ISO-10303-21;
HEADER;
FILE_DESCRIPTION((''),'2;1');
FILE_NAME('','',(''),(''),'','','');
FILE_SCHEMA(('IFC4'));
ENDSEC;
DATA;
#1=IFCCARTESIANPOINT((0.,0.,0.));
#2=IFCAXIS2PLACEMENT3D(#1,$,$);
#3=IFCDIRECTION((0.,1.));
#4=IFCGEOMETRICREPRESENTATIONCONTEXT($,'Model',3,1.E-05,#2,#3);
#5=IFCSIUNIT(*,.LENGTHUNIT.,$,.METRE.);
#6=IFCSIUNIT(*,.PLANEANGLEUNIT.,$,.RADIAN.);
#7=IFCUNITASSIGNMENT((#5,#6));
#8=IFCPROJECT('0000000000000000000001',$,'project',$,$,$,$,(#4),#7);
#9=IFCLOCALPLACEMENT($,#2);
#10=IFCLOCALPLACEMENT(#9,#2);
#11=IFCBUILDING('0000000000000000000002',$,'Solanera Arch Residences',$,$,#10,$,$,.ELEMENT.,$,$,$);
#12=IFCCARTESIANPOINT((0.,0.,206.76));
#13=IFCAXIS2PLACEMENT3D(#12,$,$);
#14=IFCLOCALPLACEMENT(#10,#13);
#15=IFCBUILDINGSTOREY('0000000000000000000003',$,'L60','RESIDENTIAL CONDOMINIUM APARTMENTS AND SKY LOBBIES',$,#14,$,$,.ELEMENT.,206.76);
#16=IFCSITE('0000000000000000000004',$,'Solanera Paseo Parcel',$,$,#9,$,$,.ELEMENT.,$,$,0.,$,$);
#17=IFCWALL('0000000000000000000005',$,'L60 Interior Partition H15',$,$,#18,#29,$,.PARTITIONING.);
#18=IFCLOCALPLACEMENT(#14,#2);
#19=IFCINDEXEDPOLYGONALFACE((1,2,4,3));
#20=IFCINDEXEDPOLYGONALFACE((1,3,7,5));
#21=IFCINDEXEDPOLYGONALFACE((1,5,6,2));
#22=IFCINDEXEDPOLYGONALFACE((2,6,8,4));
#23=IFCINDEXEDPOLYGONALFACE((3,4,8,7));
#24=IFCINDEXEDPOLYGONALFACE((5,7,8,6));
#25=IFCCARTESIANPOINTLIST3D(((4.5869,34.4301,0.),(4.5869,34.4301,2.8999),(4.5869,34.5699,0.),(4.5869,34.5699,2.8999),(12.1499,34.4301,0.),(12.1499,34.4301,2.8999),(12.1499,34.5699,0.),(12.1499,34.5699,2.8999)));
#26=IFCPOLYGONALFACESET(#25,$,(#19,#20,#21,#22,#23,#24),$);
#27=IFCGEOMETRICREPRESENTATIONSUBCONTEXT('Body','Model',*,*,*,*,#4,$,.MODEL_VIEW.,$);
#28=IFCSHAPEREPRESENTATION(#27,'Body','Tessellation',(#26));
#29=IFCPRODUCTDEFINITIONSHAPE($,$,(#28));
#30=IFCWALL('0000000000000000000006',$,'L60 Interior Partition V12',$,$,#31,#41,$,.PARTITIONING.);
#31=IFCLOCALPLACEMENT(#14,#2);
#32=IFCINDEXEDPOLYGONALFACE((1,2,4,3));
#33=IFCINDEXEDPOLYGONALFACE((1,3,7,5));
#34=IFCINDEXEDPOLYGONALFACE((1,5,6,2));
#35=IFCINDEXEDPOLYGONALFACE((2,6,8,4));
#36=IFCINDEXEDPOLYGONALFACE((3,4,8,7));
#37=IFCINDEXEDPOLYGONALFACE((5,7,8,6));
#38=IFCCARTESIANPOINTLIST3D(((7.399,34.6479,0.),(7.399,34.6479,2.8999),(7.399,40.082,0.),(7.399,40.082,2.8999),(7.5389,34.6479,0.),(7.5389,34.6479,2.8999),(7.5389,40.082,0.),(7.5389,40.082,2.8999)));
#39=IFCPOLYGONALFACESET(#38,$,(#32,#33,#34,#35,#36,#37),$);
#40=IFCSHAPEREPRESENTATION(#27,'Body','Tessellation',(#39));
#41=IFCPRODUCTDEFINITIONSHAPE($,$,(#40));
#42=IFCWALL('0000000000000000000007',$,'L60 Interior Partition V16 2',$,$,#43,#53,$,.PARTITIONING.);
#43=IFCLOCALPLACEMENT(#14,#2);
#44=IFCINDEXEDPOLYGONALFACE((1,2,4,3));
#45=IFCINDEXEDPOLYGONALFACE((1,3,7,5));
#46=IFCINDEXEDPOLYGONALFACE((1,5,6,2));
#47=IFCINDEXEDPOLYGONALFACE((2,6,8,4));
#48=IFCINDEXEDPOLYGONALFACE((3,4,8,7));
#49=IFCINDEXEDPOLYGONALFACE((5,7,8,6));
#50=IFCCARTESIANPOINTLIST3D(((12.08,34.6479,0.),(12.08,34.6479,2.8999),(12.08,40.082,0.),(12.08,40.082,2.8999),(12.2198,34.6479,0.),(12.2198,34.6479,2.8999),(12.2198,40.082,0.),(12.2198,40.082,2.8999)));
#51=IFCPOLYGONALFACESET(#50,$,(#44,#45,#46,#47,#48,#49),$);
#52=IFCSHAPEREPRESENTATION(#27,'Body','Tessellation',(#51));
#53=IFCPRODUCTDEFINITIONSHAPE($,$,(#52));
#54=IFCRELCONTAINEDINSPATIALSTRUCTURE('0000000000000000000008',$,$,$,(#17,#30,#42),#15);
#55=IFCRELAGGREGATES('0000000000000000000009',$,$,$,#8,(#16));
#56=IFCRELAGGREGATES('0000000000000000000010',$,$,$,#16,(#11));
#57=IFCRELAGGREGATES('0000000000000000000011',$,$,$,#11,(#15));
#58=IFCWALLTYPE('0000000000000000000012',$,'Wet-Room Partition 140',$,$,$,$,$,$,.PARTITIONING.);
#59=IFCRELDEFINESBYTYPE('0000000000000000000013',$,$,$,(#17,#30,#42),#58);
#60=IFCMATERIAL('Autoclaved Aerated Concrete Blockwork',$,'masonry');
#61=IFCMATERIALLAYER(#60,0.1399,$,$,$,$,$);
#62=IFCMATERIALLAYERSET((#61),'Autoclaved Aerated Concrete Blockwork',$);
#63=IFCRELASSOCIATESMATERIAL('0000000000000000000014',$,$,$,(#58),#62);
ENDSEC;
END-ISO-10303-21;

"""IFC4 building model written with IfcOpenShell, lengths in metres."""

from ifc_helpers import new_model, si_unit, direction, frame, frame_2d, origin, place, context, subcontext, project, spatial, rectangle, extrude, material, layer, layer_set, type_object, element, save


model = new_model("IFC4")

# Units and contexts
model_context = context("Model", 3, precision=1e-05, world=origin(), true_north=direction((0.0, 1.0)))
body_context = subcontext(model_context, "Body", "Model", "MODEL_VIEW")
ifc_project = project(units=[si_unit("LENGTHUNIT", "METRE"), si_unit("PLANEANGLEUNIT", "RADIAN")], contexts=[model_context])

# Site, building, storey
site_placement = place(None, origin())
site = spatial("IfcSite", under=ifc_project, at=site_placement, Name="Solanera Paseo Parcel", CompositionType="ELEMENT", RefElevation=0.0)
building_placement = place(site_placement, origin())
building = spatial("IfcBuilding", under=site, at=building_placement, Name="Solanera Arch Residences", CompositionType="ELEMENT")
storey_placement = place(building_placement, frame((0.0, 0.0, 206.76)))
storey = spatial("IfcBuildingStorey", under=building, at=storey_placement, Name="L60", Description="RESIDENTIAL CONDOMINIUM APARTMENTS AND SKY LOBBIES", CompositionType="ELEMENT", Elevation=206.76)

# Walls
ifc_material_1 = material(Name="Autoclaved Aerated Concrete Blockwork", Category="masonry")
ifc_layer_1 = layer(ifc_material_1, 0.1399)
ifc_layer_set_1 = layer_set([ifc_layer_1], Name="Autoclaved Aerated Concrete Blockwork")
wall_type_1 = type_object("IfcWallType", Name="Wet-Room Partition 140", PredefinedType="PARTITIONING", material=ifc_layer_set_1)
wall_1_placement = place(storey_placement, frame((4.5869, 34.5, 0.0), z_axis=(0.0, 0.0, 1.0), x_axis=(1.0, 0.0, 0.0)))
element("IfcWall", 1, at=wall_1_placement, inside=storey, type_object=wall_type_1, Name="L60 Interior Partition H15", PredefinedType="PARTITIONING", context=body_context, shape_type="SweptSolid", body=[
    extrude(rectangle(XDim=7.563, YDim=0.1399, at=frame_2d((3.7815, 0.0))), origin(), (0.0, 0.0, 1.0), 2.8999),
])
for number, where, z_axis, x_axis, name in (
    (2, (7.469, 34.6479, 0.0), (0.0, 0.0, 1.0), (0.0, 1.0, 0.0), "L60 Interior Partition V12"),
    (3, (12.1499, 34.6479, 0.0), (0.0, 0.0, 1.0), (0.0, 1.0, 0.0), "L60 Interior Partition V16 2"),
):
    element("IfcWall", number, at=place(storey_placement, frame(where, z_axis=z_axis, x_axis=x_axis)), inside=storey, type_object=wall_type_1, Name=name, PredefinedType="PARTITIONING", context=body_context, shape_type="SweptSolid", body=[
        extrude(rectangle(XDim=5.4341, YDim=0.1399, at=frame_2d((2.717, 0.0))), origin(), (0.0, 0.0, 1.0), 2.8999),
    ])

save(model, "model.ifc")
